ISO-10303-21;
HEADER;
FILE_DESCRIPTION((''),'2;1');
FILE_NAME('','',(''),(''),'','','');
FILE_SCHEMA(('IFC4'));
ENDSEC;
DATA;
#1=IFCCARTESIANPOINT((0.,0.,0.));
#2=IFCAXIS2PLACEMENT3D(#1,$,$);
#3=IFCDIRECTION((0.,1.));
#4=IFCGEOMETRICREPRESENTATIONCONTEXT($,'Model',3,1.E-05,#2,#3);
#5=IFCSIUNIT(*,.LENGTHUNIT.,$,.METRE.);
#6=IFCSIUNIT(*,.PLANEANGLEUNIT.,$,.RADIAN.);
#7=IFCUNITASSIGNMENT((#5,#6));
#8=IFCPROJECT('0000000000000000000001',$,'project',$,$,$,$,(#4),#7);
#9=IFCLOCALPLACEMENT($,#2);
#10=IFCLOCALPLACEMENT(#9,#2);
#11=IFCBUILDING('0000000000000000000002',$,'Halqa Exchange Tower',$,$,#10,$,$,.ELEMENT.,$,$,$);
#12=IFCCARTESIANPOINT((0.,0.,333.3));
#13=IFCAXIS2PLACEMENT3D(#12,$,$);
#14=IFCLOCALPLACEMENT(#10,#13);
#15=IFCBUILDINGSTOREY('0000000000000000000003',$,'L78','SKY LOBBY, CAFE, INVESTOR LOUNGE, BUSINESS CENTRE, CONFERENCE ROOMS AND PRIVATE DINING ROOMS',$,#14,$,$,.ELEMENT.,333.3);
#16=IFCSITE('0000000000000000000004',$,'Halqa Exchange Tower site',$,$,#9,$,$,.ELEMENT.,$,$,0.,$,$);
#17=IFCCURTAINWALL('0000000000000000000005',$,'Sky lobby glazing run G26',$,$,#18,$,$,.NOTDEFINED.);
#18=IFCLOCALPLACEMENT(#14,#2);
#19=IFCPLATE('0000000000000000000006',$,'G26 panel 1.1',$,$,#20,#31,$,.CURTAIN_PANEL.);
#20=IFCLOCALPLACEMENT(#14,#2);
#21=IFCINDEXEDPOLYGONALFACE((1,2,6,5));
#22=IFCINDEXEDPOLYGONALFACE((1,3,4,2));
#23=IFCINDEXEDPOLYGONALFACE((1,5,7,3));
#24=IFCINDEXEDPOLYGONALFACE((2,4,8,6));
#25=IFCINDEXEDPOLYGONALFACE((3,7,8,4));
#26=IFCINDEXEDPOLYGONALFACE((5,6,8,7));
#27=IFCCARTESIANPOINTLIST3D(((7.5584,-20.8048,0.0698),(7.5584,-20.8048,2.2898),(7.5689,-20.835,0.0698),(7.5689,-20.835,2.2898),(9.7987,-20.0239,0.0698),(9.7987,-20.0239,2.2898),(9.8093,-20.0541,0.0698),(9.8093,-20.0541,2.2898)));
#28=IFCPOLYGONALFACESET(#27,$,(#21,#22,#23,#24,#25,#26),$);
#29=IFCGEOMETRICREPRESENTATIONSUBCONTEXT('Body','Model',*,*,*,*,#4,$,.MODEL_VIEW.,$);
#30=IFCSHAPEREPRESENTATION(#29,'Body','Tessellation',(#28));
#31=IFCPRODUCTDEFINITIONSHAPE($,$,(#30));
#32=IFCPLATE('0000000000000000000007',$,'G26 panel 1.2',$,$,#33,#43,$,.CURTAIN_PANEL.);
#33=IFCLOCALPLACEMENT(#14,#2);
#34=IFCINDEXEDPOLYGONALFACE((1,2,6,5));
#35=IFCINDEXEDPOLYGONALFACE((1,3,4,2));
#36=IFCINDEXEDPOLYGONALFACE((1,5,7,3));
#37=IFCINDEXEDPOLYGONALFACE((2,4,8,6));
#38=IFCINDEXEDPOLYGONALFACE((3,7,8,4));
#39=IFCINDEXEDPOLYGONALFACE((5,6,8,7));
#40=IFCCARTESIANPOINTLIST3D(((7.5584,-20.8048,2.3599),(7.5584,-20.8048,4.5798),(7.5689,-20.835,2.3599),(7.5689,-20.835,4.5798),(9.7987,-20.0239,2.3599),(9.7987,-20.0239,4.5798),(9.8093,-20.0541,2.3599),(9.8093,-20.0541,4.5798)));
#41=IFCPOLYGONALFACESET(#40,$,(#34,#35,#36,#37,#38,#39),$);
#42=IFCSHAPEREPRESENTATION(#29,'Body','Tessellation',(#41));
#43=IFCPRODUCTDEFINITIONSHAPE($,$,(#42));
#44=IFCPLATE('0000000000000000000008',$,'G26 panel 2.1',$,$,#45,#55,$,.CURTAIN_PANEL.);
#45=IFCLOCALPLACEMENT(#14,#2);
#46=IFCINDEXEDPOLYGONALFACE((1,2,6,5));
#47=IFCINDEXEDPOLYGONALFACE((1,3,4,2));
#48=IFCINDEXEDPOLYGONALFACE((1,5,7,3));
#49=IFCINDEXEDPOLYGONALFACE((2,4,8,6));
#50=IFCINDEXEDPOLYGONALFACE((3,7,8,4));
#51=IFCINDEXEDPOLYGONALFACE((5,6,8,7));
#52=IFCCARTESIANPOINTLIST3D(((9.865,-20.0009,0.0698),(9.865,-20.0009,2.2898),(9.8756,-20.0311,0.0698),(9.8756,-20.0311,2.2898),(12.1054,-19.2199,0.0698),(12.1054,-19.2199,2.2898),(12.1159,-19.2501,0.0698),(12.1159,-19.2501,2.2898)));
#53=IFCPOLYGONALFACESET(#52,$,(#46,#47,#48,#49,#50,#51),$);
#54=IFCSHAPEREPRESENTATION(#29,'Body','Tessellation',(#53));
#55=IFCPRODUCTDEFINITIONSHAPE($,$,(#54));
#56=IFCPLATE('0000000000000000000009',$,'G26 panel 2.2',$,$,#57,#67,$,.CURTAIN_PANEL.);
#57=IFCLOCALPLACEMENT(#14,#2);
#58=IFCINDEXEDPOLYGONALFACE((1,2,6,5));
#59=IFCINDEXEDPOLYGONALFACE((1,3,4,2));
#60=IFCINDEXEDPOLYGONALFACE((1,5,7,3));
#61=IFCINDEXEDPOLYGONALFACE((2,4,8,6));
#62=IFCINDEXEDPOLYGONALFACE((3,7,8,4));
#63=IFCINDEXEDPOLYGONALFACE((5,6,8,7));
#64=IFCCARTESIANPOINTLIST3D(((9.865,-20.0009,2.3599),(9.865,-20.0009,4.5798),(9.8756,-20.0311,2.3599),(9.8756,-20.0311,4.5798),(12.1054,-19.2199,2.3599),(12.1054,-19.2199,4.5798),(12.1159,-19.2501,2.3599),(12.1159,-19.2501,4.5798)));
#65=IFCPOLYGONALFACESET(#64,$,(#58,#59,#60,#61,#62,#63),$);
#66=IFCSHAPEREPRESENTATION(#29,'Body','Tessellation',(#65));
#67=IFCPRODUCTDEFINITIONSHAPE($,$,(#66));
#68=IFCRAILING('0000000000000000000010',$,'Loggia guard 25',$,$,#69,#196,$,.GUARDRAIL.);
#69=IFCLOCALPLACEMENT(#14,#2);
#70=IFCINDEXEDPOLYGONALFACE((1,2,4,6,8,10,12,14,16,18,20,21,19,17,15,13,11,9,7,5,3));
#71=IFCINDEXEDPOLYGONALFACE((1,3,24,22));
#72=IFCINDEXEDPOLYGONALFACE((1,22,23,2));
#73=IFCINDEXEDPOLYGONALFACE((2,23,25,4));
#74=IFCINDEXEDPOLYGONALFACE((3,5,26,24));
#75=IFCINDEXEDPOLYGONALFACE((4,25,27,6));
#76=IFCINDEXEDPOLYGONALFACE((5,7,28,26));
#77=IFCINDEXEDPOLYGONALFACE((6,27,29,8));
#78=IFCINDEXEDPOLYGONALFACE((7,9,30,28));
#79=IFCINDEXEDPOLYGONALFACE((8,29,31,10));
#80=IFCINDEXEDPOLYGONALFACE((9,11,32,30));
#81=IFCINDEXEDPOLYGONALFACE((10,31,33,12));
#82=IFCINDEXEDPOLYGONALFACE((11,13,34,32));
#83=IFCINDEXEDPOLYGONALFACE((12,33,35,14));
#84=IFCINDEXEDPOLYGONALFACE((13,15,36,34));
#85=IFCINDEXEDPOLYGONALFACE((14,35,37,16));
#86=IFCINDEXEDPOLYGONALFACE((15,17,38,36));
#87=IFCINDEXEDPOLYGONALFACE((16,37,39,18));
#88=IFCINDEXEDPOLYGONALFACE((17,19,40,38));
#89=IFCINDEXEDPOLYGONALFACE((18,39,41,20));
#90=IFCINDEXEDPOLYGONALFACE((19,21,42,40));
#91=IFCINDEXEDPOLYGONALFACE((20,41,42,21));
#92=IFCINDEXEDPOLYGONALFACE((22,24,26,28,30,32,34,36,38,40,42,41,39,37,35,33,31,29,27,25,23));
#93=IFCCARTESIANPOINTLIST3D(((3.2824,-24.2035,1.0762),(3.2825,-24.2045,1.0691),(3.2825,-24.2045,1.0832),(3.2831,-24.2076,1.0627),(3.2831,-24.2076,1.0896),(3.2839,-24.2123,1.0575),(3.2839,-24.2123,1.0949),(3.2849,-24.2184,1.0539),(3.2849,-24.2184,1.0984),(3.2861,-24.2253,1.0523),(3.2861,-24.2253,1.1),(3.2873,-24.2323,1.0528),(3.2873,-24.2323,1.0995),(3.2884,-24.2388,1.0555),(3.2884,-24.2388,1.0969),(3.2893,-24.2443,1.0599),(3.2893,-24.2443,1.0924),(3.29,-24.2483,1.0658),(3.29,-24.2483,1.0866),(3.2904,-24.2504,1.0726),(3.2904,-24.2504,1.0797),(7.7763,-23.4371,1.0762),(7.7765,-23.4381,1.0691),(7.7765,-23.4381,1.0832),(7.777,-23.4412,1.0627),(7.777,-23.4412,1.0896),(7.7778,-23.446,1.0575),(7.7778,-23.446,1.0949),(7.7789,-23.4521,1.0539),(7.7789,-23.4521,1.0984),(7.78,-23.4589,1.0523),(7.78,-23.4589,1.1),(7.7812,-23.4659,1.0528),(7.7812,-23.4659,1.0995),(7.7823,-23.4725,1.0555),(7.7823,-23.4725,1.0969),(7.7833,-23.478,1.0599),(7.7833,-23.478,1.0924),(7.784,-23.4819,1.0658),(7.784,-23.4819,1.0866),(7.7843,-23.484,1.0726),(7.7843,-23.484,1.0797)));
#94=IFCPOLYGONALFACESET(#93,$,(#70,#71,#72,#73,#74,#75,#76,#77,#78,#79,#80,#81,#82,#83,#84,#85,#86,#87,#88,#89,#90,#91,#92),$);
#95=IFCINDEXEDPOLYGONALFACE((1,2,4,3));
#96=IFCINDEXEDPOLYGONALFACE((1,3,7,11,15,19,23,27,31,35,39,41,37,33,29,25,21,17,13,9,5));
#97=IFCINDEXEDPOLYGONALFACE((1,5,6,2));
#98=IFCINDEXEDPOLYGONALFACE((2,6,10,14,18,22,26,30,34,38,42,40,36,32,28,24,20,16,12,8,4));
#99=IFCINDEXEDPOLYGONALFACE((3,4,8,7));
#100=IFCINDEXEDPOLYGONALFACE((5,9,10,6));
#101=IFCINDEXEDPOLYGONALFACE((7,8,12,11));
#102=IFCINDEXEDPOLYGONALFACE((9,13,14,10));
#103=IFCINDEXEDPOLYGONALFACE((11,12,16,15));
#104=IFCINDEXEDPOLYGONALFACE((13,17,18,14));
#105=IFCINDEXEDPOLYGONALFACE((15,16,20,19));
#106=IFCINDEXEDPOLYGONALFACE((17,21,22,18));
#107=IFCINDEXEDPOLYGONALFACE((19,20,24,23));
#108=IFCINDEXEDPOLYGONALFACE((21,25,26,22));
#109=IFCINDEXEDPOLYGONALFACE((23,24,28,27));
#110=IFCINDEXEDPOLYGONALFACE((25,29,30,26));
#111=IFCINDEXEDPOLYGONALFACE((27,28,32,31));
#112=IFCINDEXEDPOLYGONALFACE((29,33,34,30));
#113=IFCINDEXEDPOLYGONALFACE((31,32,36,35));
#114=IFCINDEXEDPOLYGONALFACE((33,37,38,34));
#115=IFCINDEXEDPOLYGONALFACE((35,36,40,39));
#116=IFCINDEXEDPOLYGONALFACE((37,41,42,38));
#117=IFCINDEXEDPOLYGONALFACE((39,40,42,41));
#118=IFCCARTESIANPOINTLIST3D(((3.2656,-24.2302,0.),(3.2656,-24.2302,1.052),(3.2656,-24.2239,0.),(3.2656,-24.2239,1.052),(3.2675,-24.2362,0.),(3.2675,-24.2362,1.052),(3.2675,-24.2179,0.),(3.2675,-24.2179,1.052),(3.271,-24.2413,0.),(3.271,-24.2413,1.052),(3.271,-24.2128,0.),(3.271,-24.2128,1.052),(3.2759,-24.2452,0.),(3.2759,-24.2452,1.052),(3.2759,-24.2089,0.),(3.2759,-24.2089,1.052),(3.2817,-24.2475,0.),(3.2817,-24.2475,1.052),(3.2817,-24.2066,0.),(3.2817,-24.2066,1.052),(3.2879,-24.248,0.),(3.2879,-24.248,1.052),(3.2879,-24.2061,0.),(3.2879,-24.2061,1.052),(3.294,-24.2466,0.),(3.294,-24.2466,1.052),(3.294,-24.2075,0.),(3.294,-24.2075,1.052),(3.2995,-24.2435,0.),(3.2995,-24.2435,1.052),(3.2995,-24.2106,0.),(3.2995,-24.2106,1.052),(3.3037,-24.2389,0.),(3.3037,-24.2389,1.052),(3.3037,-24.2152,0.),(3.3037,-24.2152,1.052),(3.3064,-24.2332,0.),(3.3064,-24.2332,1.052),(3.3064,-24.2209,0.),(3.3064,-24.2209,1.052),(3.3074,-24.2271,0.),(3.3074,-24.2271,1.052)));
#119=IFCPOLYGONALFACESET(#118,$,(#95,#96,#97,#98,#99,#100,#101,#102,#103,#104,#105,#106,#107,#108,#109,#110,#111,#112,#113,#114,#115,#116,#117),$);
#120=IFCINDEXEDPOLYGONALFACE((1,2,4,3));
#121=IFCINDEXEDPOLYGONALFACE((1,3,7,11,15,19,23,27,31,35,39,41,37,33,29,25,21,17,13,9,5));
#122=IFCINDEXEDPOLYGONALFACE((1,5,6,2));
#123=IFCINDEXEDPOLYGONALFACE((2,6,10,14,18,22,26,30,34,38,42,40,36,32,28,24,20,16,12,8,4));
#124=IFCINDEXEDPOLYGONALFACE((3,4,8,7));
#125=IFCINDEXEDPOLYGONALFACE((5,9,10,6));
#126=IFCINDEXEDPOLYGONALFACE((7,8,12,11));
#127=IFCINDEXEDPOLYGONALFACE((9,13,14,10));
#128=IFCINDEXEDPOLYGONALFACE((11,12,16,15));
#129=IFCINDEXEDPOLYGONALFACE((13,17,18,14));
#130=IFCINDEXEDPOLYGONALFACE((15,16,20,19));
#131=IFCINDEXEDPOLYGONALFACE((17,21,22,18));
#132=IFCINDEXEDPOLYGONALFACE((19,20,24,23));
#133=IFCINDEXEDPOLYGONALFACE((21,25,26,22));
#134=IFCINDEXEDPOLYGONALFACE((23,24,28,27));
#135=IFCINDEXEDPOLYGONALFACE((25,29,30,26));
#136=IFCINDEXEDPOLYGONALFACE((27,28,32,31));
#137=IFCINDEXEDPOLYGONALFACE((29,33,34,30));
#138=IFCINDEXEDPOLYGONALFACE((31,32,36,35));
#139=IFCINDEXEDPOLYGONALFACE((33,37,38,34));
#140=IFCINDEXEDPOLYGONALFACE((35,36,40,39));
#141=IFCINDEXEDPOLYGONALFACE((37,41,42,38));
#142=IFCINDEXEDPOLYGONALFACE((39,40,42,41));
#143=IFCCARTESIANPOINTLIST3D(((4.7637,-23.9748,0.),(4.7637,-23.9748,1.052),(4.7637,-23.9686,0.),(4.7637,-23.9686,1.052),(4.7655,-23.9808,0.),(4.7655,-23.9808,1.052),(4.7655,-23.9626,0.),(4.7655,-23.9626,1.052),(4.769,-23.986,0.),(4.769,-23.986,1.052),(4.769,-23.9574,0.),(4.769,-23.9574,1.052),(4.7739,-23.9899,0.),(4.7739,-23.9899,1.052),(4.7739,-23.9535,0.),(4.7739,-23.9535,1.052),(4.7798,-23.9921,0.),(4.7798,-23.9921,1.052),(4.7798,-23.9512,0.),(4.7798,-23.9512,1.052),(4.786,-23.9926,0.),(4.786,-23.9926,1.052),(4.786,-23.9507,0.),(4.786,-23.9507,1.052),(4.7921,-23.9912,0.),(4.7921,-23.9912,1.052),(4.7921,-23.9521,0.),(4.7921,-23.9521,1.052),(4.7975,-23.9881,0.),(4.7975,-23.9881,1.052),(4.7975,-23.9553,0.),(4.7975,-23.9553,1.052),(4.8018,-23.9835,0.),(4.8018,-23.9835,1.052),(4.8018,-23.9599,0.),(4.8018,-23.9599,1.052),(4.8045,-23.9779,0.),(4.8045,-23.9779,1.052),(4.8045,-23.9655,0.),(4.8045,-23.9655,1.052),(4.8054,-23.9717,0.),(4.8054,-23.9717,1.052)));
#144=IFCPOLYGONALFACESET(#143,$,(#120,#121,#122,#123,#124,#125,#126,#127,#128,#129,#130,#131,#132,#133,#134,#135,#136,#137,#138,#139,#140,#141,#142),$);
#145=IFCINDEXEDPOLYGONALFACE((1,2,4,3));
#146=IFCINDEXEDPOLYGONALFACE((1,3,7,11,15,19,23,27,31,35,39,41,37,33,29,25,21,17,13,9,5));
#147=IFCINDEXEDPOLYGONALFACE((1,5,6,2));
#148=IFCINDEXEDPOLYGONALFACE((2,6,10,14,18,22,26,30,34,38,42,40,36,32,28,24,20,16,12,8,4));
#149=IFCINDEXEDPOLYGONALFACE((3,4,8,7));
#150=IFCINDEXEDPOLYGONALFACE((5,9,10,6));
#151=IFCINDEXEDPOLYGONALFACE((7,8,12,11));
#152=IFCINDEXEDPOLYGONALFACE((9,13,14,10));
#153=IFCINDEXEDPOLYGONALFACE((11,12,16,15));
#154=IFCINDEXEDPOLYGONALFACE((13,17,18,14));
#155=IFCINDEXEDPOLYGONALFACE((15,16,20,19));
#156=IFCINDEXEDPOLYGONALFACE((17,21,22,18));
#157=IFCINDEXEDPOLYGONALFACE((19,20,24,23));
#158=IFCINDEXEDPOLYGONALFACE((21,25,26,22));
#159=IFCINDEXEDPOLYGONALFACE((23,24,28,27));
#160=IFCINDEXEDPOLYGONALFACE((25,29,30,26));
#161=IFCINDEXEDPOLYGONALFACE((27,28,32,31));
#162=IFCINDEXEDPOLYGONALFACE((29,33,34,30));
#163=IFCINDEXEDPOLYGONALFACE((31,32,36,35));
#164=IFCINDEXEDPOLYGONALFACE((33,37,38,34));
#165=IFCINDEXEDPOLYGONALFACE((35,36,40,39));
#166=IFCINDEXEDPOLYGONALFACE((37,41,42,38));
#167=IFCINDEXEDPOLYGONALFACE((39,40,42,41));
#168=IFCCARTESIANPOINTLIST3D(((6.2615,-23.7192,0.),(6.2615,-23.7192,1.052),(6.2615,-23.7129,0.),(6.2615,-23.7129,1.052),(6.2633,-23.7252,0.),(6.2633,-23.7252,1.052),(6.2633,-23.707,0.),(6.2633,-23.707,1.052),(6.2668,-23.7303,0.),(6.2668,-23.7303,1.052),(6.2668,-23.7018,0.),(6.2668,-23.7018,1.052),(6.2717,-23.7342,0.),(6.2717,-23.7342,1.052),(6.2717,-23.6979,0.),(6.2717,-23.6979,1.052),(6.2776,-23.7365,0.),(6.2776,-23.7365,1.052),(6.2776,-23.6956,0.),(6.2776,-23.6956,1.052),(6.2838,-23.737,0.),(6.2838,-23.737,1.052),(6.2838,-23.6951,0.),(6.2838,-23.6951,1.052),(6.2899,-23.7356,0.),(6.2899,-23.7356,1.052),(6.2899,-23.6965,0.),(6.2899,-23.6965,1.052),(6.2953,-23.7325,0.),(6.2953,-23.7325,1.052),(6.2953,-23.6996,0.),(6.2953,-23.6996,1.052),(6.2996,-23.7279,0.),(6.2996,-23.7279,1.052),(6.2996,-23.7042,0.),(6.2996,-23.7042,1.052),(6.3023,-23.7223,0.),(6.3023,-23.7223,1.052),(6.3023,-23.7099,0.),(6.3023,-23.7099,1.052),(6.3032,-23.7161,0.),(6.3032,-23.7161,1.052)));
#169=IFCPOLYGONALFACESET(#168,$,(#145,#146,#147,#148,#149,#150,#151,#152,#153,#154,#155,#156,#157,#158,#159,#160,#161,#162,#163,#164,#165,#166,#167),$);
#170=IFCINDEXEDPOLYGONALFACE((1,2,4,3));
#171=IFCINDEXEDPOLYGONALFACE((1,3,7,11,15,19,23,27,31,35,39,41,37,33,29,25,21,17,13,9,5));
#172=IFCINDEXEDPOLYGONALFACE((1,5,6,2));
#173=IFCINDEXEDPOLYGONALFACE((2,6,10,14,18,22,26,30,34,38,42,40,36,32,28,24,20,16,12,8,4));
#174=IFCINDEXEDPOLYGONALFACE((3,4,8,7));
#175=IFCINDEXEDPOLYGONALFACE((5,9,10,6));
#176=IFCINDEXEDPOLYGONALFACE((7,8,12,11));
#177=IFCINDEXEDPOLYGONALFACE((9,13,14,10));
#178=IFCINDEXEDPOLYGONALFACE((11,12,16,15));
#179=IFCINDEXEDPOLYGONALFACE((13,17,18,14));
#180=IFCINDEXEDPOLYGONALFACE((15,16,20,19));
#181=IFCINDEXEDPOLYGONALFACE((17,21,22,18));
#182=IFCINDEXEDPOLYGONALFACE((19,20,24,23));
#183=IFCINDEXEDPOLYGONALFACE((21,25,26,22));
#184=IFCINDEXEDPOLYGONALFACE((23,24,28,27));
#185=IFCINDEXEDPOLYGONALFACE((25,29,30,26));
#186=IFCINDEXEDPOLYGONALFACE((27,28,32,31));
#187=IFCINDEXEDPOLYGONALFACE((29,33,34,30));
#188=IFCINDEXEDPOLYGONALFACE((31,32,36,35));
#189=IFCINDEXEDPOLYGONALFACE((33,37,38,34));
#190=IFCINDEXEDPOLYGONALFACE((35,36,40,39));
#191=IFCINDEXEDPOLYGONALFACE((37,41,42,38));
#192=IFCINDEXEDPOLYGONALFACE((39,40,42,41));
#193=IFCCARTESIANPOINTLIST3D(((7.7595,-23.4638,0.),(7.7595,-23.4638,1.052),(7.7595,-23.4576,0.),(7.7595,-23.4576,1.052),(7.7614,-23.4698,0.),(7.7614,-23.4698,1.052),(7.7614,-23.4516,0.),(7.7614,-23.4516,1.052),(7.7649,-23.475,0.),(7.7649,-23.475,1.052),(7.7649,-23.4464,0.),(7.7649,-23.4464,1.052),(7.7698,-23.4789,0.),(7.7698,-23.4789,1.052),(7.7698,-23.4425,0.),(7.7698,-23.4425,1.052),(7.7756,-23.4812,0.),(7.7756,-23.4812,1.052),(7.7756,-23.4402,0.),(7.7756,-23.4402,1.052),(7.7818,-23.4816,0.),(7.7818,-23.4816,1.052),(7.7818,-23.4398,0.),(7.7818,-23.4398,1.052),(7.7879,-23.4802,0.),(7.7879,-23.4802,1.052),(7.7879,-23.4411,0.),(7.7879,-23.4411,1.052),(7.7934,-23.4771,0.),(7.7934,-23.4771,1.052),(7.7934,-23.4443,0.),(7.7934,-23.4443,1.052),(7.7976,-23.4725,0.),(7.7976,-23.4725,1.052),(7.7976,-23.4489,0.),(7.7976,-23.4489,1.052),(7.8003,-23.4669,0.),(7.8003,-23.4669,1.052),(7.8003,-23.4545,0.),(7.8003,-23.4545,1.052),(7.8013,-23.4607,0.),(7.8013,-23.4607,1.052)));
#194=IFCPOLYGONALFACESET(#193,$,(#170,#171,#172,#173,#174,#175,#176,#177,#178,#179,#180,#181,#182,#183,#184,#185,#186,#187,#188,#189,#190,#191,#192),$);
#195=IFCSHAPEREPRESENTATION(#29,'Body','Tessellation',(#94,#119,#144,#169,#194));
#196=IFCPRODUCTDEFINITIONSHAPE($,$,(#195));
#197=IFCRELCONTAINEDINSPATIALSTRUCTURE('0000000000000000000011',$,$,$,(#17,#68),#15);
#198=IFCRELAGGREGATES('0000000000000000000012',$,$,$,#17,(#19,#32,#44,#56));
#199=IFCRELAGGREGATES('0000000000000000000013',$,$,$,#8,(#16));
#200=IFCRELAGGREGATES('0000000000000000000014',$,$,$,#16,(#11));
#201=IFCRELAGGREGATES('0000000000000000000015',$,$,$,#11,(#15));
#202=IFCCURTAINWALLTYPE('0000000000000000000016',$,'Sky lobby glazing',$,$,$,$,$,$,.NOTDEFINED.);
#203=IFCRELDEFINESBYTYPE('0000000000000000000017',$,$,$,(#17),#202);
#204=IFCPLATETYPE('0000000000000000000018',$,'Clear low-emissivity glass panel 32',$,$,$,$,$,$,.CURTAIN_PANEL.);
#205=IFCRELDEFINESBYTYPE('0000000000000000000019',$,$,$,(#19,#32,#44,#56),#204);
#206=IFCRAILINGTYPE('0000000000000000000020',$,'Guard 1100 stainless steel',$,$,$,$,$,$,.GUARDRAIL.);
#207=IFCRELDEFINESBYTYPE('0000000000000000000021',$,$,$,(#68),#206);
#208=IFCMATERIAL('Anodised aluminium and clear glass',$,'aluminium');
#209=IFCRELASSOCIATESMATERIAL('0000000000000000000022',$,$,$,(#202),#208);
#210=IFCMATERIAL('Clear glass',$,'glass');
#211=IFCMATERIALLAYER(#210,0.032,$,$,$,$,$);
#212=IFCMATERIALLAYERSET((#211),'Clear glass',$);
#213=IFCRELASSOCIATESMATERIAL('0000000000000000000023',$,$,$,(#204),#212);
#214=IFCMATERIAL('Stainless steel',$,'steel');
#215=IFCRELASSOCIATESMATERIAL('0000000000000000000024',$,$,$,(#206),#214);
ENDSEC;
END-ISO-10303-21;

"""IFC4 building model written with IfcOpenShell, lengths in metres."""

from ifc_helpers import new_model, si_unit, direction, frame, origin, origin_2d, place, context, subcontext, project, spatial, rectangle, circle, extrude, material, layer, layer_set, type_object, element, aggregate, save


model = new_model("IFC4")

# Units and contexts
model_context = context("Model", 3, precision=1e-05, world=origin(), true_north=direction((0.0, 1.0)))
body_context = subcontext(model_context, "Body", "Model", "MODEL_VIEW")
ifc_project = project(units=[si_unit("LENGTHUNIT", "METRE"), si_unit("PLANEANGLEUNIT", "RADIAN")], contexts=[model_context])

# Site, building, storey
site_placement = place(None, origin())
site = spatial("IfcSite", under=ifc_project, at=site_placement, Name="Halqa Exchange Tower site", CompositionType="ELEMENT", RefElevation=0.0)
building_placement = place(site_placement, origin())
building = spatial("IfcBuilding", under=site, at=building_placement, Name="Halqa Exchange Tower", CompositionType="ELEMENT")
storey_placement = place(building_placement, frame((0.0, 0.0, 333.3)))
storey = spatial("IfcBuildingStorey", under=building, at=storey_placement, Name="L78", Description="SKY LOBBY, CAFE, INVESTOR LOUNGE, BUSINESS CENTRE, CONFERENCE ROOMS AND PRIVATE DINING ROOMS", CompositionType="ELEMENT", Elevation=333.3)

# Curtain wall
ifc_material_1 = material(Name="Anodised aluminium and clear glass", Category="aluminium")
curtain_wall_type = type_object("IfcCurtainWallType", Name="Sky lobby glazing", PredefinedType="NOTDEFINED", material=ifc_material_1)
curtain_wall_1_placement = place(storey_placement, origin())
curtain_wall_1 = element("IfcCurtainWall", 1, at=curtain_wall_1_placement, inside=storey, type_object=curtain_wall_type, Name="Sky lobby glazing run G26", PredefinedType="NOTDEFINED")

# Plates
ifc_material_2 = material(Name="Clear glass", Category="glass")
ifc_layer = layer(ifc_material_2, 0.032)
ifc_layer_set = layer_set([ifc_layer], Name="Clear glass")
plate_type = type_object("IfcPlateType", Name="Clear low-emissivity glass panel 32", PredefinedType="CURTAIN_PANEL", material=ifc_layer_set)
plate_1_placement = place(storey_placement, frame((8.6838, -20.4294, 0.0698), z_axis=(0.0, 0.0, 1.0), x_axis=(0.944274, 0.32916, 0.0)))
plate_1 = element("IfcPlate", 2, at=plate_1_placement, type_object=plate_type, Name="G26 panel 1.1", PredefinedType="CURTAIN_PANEL", context=body_context, shape_type="SweptSolid", body=[
    extrude(rectangle(XDim=2.3726, YDim=0.032, at=origin_2d()), origin(), (0.0, 0.0, 1.0), 2.22),
])
plate_2_placement = place(storey_placement, frame((8.6838, -20.4294, 2.3599), z_axis=(0.0, 0.0, 1.0), x_axis=(0.944274, 0.32916, 0.0)))
plate_2 = element("IfcPlate", 3, at=plate_2_placement, type_object=plate_type, Name="G26 panel 1.2", PredefinedType="CURTAIN_PANEL", context=body_context, shape_type="SweptSolid", body=[
    extrude(rectangle(XDim=2.3726, YDim=0.032, at=origin_2d()), origin(), (0.0, 0.0, 1.0), 2.22),
])
plate_3_placement = place(storey_placement, frame((10.9905, -19.6255, 0.0698), z_axis=(0.0, 0.0, 1.0), x_axis=(0.944274, 0.32916, 0.0)))
plate_3 = element("IfcPlate", 4, at=plate_3_placement, type_object=plate_type, Name="G26 panel 2.1", PredefinedType="CURTAIN_PANEL", context=body_context, shape_type="SweptSolid", body=[
    extrude(rectangle(XDim=2.3726, YDim=0.032, at=origin_2d()), origin(), (0.0, 0.0, 1.0), 2.22),
])
plate_4_placement = place(storey_placement, frame((10.9905, -19.6255, 2.3599), z_axis=(0.0, 0.0, 1.0), x_axis=(0.944274, 0.32916, 0.0)))
plate_4 = element("IfcPlate", 5, at=plate_4_placement, type_object=plate_type, Name="G26 panel 2.2", PredefinedType="CURTAIN_PANEL", context=body_context, shape_type="SweptSolid", body=[
    extrude(rectangle(XDim=2.3726, YDim=0.032, at=origin_2d()), origin(), (0.0, 0.0, 1.0), 2.22),
])
aggregate(curtain_wall_1, [plate_1, plate_2, plate_3, plate_4])

# Railing
ifc_material_3 = material(Name="Stainless steel", Category="steel")
railing_type = type_object("IfcRailingType", Name="Guard 1100 stainless steel", PredefinedType="GUARDRAIL", material=ifc_material_3)
railing_1_placement = place(storey_placement, frame((3.2864, -24.2271, 0.0)))
element("IfcRailing", 6, at=railing_1_placement, inside=storey, type_object=railing_type, Name="Loggia guard 25", PredefinedType="GUARDRAIL", context=body_context, shape_type="SweptSolid", body=[
    extrude(circle(Radius=0.0239, at=origin_2d()), frame((0.0, 0.0, 1.0762), z_axis=(0.985769, 0.168106, 0.0), x_axis=(-0.168106, 0.985769, 0.0)), (0.0, 0.0, 1.0), 4.5588),
    extrude(circle(Radius=0.021, at=origin_2d()), origin(), (0.0, 0.0, 1.0), 1.052),
    extrude(circle(Radius=0.021, at=origin_2d()), frame((1.498, 0.2554, 0.0)), (0.0, 0.0, 1.0), 1.052),
    extrude(circle(Radius=0.021, at=origin_2d()), frame((2.9958, 0.511, 0.0)), (0.0, 0.0, 1.0), 1.052),
    extrude(circle(Radius=0.021, at=origin_2d()), frame((4.4939, 0.7664, 0.0)), (0.0, 0.0, 1.0), 1.052),
])

save(model, "model.ifc")
